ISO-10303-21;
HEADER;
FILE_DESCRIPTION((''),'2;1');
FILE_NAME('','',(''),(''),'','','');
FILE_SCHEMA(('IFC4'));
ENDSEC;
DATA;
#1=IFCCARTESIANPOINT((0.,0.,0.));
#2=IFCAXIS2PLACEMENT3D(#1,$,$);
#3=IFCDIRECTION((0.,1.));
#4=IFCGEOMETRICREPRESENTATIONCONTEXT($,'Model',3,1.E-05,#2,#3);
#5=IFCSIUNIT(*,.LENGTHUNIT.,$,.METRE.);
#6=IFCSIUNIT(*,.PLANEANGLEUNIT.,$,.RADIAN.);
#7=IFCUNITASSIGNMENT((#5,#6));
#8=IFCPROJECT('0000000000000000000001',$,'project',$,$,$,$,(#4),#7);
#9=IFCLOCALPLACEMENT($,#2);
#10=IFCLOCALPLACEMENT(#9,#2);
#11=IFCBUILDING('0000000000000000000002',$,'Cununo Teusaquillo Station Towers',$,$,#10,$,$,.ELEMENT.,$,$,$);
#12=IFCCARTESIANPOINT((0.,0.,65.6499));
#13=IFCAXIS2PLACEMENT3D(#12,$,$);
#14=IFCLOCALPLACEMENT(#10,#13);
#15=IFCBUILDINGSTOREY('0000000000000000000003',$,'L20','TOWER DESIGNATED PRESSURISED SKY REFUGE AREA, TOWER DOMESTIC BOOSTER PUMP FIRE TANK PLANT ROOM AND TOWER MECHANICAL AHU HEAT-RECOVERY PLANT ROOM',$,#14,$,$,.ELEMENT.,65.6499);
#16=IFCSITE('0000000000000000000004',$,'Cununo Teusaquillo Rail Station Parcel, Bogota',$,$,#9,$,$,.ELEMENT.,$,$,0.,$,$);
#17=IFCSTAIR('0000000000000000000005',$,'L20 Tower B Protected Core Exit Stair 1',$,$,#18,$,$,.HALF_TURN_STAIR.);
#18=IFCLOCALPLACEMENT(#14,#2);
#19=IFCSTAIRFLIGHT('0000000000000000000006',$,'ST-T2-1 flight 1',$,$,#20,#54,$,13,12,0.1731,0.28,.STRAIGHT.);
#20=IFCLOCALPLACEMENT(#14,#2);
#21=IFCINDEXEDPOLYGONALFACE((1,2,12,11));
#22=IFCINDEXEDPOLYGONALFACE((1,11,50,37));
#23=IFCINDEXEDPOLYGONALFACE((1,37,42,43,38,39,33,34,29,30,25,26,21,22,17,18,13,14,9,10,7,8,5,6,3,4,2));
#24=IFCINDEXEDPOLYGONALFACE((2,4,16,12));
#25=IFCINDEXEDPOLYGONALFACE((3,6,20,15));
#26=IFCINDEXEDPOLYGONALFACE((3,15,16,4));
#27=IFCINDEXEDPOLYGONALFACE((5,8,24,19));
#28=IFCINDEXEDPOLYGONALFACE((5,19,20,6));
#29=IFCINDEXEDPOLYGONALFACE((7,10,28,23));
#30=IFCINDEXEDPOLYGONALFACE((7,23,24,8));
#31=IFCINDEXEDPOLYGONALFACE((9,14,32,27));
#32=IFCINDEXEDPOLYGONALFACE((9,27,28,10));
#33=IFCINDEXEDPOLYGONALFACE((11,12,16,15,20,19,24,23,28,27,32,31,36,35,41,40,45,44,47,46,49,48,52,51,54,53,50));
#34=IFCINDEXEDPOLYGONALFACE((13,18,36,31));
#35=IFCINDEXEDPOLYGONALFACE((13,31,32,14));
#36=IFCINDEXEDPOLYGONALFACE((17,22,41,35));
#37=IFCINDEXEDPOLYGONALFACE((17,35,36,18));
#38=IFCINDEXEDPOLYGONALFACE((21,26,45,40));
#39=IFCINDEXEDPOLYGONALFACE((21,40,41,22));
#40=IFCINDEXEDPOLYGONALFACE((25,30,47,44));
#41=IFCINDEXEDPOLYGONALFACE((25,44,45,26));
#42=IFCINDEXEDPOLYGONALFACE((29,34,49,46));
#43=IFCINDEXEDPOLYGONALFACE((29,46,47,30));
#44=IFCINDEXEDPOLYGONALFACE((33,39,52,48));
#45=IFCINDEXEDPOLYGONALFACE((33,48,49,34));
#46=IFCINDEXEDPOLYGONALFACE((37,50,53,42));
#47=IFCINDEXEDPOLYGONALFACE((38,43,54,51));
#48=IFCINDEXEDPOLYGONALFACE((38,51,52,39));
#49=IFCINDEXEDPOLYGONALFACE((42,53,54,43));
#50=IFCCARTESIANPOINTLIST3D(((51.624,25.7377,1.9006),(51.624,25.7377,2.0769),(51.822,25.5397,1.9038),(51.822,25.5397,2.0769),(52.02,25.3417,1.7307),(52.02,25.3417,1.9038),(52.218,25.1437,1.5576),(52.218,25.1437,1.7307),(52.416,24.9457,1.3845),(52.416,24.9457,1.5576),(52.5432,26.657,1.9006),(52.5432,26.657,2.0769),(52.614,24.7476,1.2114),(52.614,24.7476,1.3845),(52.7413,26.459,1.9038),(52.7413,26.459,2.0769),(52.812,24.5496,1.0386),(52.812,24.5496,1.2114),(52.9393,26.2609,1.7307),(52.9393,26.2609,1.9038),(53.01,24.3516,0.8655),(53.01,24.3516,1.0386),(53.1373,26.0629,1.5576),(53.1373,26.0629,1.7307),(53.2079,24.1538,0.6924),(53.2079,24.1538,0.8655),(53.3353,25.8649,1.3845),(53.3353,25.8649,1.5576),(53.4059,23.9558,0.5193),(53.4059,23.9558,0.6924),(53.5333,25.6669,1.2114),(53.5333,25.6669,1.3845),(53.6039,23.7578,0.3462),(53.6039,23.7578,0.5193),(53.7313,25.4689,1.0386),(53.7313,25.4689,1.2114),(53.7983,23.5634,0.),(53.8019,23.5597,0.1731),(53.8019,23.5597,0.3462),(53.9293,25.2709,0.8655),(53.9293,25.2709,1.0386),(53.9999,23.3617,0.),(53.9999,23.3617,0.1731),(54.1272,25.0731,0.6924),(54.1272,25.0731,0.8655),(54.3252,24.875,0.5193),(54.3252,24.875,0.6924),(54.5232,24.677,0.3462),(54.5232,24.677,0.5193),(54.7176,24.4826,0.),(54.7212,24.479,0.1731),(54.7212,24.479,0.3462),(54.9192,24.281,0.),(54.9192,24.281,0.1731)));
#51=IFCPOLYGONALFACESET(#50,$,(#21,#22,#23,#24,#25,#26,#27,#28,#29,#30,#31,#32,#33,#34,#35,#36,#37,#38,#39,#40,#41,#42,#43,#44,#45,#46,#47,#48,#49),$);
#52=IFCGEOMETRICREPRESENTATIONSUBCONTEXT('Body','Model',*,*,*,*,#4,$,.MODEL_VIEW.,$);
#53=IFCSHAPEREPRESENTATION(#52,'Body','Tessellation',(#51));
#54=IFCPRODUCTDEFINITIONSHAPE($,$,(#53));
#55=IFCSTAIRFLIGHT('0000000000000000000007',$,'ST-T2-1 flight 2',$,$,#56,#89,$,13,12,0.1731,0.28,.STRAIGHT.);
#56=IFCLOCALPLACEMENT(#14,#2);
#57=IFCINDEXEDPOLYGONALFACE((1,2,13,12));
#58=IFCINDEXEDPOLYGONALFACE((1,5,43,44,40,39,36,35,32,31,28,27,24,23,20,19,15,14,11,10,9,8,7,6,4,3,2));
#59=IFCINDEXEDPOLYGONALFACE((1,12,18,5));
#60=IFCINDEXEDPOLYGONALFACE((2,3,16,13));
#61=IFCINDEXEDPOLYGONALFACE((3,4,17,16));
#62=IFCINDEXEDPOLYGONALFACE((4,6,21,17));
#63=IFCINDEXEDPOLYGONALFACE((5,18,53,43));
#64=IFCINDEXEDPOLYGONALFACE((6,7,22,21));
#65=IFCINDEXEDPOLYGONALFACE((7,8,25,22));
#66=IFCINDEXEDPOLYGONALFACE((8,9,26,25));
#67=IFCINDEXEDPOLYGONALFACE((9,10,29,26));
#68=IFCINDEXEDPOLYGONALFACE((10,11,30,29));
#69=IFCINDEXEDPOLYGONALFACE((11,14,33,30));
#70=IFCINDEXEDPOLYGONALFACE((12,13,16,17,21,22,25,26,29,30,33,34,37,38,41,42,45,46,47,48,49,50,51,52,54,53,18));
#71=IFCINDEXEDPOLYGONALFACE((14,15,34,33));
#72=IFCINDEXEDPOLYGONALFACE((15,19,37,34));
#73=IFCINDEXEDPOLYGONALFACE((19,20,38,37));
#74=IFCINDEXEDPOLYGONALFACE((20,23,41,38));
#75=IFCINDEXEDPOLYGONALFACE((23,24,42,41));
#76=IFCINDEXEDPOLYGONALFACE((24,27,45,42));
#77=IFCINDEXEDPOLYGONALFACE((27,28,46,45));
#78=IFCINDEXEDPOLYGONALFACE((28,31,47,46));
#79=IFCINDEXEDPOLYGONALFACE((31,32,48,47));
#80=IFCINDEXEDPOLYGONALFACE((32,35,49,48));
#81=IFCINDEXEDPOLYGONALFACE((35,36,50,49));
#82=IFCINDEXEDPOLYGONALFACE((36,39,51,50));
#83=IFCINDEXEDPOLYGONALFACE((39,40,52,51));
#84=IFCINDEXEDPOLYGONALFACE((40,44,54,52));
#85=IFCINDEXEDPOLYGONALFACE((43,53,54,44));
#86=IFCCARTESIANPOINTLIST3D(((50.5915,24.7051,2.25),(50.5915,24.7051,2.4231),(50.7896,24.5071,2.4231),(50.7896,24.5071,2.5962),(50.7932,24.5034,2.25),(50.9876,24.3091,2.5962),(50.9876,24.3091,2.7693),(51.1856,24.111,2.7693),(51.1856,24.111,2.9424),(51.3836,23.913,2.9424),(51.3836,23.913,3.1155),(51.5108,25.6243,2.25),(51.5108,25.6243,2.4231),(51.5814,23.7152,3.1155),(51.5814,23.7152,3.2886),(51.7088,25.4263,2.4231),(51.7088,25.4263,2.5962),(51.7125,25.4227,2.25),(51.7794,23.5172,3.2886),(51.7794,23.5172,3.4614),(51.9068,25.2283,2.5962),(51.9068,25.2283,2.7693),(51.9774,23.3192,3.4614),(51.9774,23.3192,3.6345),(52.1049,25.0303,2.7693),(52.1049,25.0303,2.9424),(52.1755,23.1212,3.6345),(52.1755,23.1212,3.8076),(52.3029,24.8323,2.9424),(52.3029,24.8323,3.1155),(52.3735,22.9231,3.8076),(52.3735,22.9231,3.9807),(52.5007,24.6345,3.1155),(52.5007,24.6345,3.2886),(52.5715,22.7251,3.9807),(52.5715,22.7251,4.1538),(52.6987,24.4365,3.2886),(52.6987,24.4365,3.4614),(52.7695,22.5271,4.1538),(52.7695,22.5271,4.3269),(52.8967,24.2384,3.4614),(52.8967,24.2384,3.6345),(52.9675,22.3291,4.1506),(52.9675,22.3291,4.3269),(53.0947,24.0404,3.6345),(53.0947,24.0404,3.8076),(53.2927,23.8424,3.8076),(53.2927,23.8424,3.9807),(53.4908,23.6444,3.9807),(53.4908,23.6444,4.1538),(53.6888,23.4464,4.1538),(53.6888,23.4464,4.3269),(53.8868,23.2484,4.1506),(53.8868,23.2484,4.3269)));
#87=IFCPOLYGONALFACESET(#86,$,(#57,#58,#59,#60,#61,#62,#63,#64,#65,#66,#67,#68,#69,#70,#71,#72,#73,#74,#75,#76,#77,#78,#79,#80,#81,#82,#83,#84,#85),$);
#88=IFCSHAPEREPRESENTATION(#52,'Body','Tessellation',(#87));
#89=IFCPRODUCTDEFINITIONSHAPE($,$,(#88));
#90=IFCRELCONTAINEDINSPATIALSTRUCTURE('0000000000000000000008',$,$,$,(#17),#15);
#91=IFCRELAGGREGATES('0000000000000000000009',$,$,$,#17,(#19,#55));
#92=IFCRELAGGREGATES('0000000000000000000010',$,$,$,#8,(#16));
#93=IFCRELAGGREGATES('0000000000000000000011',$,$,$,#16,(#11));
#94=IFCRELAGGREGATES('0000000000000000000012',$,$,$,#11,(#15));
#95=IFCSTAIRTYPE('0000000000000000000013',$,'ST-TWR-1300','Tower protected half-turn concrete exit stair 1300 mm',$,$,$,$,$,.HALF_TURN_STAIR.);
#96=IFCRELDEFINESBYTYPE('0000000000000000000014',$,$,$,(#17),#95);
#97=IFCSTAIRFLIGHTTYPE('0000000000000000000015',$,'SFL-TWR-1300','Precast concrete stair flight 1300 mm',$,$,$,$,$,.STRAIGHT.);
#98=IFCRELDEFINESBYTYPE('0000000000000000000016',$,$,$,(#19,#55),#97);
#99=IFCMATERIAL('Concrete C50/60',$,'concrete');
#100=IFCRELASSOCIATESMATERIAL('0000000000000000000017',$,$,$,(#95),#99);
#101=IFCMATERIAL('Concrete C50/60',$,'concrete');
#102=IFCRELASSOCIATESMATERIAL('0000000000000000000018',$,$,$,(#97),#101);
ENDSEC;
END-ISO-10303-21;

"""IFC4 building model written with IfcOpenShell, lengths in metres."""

from ifc_helpers import new_model, si_unit, direction, frame, origin, place, context, subcontext, project, spatial, polyline, outline, extrude, material, type_object, element, aggregate, save


model = new_model("IFC4")

# Units and contexts
model_context = context("Model", 3, precision=1e-05, world=origin(), true_north=direction((0.0, 1.0)))
body_context = subcontext(model_context, "Body", "Model", "MODEL_VIEW")
ifc_project = project(units=[si_unit("LENGTHUNIT", "METRE"), si_unit("PLANEANGLEUNIT", "RADIAN")], contexts=[model_context])

# Site, building, storey
site_placement = place(None, origin())
site = spatial("IfcSite", under=ifc_project, at=site_placement, Name="Cununo Teusaquillo Rail Station Parcel, Bogota", CompositionType="ELEMENT", RefElevation=0.0)
building_placement = place(site_placement, origin())
building = spatial("IfcBuilding", under=site, at=building_placement, Name="Cununo Teusaquillo Station Towers", CompositionType="ELEMENT")
storey_placement = place(building_placement, frame((0.0, 0.0, 65.6499)))
storey = spatial("IfcBuildingStorey", under=building, at=storey_placement, Name="L20", Description="TOWER DESIGNATED PRESSURISED SKY REFUGE AREA, TOWER DOMESTIC BOOSTER PUMP FIRE TANK PLANT ROOM AND TOWER MECHANICAL AHU HEAT-RECOVERY PLANT ROOM", CompositionType="ELEMENT", Elevation=65.6499)

# Stair, stair flights
ifc_material_1 = material(Name="Concrete C50/60", Category="concrete")
stair_type = type_object("IfcStairType", Name="ST-TWR-1300", Description="Tower protected half-turn concrete exit stair 1300 mm", PredefinedType="HALF_TURN_STAIR", material=ifc_material_1)
stair_placement = place(storey_placement, origin())
stair = element("IfcStair", 1, at=stair_placement, inside=storey, type_object=stair_type, Name="L20 Tower B Protected Core Exit Stair 1", PredefinedType="HALF_TURN_STAIR")
ifc_material_2 = material(Name="Concrete C50/60", Category="concrete")
stair_flight_type = type_object("IfcStairFlightType", Name="SFL-TWR-1300", Description="Precast concrete stair flight 1300 mm", PredefinedType="STRAIGHT", material=ifc_material_2)
stair_flight_1_placement = place(storey_placement, frame((54.4595, 23.8213, 0.0), z_axis=(0.0, 0.0, 1.0), x_axis=(-0.707107, 0.707107, 0.0)))
stair_flight_1 = element("IfcStairFlight", 2, at=stair_flight_1_placement, type_object=stair_flight_type, Name="ST-T2-1 flight 1", NumberOfRisers=13, NumberOfTreads=12, PredefinedType="STRAIGHT", RiserHeight=0.1731, TreadLength=0.28, context=body_context, shape_type="SweptSolid", body=[
    extrude(outline(polyline([(0.0, 0.0), (0.0, 0.1731), (0.28, 0.1731), (0.28, 0.3462), (0.5601, 0.3462), (0.5601, 0.5193), (0.8401, 0.5193), (0.8401, 0.6924), (1.1201, 0.6924), (1.1201, 0.8655), (1.3999, 0.8655), (1.3999, 1.0386), (1.6799, 1.0386), (1.6799, 1.2114), (1.96, 1.2114), (1.96, 1.3845), (2.24, 1.3845), (2.24, 1.5576), (2.52, 1.5576), (2.52, 1.7307), (2.8, 1.7307), (2.8, 1.9038), (3.0801, 1.9038), (3.0801, 2.0769), (3.3601, 2.0769), (3.3601, 2.25), (3.3601, 1.9006), (0.2852, 0.0), (0.0, 0.0)])), frame((0.0, 0.6499, 0.0), z_axis=(0.0, -1.0, 0.0), x_axis=(1.0, 0.0, 0.0)), (0.0, 0.0, 1.0), 1.3),
])
stair_flight_2_placement = place(storey_placement, frame((51.0513, 25.1648, 2.25), z_axis=(0.0, 0.0, 1.0), x_axis=(0.707107, -0.707107, 0.0)))
stair_flight_2 = element("IfcStairFlight", 3, at=stair_flight_2_placement, type_object=stair_flight_type, Name="ST-T2-1 flight 2", NumberOfRisers=13, NumberOfTreads=12, PredefinedType="STRAIGHT", RiserHeight=0.1731, TreadLength=0.28, context=body_context, shape_type="SweptSolid", body=[
    extrude(outline(polyline([(0.0, 0.0), (0.0, 0.1731), (0.28, 0.1731), (0.28, 0.3462), (0.5601, 0.3462), (0.5601, 0.5193), (0.8401, 0.5193), (0.8401, 0.6924), (1.1201, 0.6924), (1.1201, 0.8655), (1.3999, 0.8655), (1.3999, 1.0386), (1.6799, 1.0386), (1.6799, 1.2114), (1.96, 1.2114), (1.96, 1.3845), (2.24, 1.3845), (2.24, 1.5576), (2.52, 1.5576), (2.52, 1.7307), (2.8, 1.7307), (2.8, 1.9038), (3.0801, 1.9038), (3.0801, 2.0769), (3.3601, 2.0769), (3.3601, 2.25), (3.3601, 1.9006), (0.2852, 0.0), (0.0, 0.0)])), frame((0.0, 0.6499, 0.0), z_axis=(0.0, -1.0, 0.0), x_axis=(1.0, 0.0, 0.0)), (0.0, 0.0, 1.0), 1.3),
])
aggregate(stair, [stair_flight_1, stair_flight_2])

save(model, "model.ifc")
